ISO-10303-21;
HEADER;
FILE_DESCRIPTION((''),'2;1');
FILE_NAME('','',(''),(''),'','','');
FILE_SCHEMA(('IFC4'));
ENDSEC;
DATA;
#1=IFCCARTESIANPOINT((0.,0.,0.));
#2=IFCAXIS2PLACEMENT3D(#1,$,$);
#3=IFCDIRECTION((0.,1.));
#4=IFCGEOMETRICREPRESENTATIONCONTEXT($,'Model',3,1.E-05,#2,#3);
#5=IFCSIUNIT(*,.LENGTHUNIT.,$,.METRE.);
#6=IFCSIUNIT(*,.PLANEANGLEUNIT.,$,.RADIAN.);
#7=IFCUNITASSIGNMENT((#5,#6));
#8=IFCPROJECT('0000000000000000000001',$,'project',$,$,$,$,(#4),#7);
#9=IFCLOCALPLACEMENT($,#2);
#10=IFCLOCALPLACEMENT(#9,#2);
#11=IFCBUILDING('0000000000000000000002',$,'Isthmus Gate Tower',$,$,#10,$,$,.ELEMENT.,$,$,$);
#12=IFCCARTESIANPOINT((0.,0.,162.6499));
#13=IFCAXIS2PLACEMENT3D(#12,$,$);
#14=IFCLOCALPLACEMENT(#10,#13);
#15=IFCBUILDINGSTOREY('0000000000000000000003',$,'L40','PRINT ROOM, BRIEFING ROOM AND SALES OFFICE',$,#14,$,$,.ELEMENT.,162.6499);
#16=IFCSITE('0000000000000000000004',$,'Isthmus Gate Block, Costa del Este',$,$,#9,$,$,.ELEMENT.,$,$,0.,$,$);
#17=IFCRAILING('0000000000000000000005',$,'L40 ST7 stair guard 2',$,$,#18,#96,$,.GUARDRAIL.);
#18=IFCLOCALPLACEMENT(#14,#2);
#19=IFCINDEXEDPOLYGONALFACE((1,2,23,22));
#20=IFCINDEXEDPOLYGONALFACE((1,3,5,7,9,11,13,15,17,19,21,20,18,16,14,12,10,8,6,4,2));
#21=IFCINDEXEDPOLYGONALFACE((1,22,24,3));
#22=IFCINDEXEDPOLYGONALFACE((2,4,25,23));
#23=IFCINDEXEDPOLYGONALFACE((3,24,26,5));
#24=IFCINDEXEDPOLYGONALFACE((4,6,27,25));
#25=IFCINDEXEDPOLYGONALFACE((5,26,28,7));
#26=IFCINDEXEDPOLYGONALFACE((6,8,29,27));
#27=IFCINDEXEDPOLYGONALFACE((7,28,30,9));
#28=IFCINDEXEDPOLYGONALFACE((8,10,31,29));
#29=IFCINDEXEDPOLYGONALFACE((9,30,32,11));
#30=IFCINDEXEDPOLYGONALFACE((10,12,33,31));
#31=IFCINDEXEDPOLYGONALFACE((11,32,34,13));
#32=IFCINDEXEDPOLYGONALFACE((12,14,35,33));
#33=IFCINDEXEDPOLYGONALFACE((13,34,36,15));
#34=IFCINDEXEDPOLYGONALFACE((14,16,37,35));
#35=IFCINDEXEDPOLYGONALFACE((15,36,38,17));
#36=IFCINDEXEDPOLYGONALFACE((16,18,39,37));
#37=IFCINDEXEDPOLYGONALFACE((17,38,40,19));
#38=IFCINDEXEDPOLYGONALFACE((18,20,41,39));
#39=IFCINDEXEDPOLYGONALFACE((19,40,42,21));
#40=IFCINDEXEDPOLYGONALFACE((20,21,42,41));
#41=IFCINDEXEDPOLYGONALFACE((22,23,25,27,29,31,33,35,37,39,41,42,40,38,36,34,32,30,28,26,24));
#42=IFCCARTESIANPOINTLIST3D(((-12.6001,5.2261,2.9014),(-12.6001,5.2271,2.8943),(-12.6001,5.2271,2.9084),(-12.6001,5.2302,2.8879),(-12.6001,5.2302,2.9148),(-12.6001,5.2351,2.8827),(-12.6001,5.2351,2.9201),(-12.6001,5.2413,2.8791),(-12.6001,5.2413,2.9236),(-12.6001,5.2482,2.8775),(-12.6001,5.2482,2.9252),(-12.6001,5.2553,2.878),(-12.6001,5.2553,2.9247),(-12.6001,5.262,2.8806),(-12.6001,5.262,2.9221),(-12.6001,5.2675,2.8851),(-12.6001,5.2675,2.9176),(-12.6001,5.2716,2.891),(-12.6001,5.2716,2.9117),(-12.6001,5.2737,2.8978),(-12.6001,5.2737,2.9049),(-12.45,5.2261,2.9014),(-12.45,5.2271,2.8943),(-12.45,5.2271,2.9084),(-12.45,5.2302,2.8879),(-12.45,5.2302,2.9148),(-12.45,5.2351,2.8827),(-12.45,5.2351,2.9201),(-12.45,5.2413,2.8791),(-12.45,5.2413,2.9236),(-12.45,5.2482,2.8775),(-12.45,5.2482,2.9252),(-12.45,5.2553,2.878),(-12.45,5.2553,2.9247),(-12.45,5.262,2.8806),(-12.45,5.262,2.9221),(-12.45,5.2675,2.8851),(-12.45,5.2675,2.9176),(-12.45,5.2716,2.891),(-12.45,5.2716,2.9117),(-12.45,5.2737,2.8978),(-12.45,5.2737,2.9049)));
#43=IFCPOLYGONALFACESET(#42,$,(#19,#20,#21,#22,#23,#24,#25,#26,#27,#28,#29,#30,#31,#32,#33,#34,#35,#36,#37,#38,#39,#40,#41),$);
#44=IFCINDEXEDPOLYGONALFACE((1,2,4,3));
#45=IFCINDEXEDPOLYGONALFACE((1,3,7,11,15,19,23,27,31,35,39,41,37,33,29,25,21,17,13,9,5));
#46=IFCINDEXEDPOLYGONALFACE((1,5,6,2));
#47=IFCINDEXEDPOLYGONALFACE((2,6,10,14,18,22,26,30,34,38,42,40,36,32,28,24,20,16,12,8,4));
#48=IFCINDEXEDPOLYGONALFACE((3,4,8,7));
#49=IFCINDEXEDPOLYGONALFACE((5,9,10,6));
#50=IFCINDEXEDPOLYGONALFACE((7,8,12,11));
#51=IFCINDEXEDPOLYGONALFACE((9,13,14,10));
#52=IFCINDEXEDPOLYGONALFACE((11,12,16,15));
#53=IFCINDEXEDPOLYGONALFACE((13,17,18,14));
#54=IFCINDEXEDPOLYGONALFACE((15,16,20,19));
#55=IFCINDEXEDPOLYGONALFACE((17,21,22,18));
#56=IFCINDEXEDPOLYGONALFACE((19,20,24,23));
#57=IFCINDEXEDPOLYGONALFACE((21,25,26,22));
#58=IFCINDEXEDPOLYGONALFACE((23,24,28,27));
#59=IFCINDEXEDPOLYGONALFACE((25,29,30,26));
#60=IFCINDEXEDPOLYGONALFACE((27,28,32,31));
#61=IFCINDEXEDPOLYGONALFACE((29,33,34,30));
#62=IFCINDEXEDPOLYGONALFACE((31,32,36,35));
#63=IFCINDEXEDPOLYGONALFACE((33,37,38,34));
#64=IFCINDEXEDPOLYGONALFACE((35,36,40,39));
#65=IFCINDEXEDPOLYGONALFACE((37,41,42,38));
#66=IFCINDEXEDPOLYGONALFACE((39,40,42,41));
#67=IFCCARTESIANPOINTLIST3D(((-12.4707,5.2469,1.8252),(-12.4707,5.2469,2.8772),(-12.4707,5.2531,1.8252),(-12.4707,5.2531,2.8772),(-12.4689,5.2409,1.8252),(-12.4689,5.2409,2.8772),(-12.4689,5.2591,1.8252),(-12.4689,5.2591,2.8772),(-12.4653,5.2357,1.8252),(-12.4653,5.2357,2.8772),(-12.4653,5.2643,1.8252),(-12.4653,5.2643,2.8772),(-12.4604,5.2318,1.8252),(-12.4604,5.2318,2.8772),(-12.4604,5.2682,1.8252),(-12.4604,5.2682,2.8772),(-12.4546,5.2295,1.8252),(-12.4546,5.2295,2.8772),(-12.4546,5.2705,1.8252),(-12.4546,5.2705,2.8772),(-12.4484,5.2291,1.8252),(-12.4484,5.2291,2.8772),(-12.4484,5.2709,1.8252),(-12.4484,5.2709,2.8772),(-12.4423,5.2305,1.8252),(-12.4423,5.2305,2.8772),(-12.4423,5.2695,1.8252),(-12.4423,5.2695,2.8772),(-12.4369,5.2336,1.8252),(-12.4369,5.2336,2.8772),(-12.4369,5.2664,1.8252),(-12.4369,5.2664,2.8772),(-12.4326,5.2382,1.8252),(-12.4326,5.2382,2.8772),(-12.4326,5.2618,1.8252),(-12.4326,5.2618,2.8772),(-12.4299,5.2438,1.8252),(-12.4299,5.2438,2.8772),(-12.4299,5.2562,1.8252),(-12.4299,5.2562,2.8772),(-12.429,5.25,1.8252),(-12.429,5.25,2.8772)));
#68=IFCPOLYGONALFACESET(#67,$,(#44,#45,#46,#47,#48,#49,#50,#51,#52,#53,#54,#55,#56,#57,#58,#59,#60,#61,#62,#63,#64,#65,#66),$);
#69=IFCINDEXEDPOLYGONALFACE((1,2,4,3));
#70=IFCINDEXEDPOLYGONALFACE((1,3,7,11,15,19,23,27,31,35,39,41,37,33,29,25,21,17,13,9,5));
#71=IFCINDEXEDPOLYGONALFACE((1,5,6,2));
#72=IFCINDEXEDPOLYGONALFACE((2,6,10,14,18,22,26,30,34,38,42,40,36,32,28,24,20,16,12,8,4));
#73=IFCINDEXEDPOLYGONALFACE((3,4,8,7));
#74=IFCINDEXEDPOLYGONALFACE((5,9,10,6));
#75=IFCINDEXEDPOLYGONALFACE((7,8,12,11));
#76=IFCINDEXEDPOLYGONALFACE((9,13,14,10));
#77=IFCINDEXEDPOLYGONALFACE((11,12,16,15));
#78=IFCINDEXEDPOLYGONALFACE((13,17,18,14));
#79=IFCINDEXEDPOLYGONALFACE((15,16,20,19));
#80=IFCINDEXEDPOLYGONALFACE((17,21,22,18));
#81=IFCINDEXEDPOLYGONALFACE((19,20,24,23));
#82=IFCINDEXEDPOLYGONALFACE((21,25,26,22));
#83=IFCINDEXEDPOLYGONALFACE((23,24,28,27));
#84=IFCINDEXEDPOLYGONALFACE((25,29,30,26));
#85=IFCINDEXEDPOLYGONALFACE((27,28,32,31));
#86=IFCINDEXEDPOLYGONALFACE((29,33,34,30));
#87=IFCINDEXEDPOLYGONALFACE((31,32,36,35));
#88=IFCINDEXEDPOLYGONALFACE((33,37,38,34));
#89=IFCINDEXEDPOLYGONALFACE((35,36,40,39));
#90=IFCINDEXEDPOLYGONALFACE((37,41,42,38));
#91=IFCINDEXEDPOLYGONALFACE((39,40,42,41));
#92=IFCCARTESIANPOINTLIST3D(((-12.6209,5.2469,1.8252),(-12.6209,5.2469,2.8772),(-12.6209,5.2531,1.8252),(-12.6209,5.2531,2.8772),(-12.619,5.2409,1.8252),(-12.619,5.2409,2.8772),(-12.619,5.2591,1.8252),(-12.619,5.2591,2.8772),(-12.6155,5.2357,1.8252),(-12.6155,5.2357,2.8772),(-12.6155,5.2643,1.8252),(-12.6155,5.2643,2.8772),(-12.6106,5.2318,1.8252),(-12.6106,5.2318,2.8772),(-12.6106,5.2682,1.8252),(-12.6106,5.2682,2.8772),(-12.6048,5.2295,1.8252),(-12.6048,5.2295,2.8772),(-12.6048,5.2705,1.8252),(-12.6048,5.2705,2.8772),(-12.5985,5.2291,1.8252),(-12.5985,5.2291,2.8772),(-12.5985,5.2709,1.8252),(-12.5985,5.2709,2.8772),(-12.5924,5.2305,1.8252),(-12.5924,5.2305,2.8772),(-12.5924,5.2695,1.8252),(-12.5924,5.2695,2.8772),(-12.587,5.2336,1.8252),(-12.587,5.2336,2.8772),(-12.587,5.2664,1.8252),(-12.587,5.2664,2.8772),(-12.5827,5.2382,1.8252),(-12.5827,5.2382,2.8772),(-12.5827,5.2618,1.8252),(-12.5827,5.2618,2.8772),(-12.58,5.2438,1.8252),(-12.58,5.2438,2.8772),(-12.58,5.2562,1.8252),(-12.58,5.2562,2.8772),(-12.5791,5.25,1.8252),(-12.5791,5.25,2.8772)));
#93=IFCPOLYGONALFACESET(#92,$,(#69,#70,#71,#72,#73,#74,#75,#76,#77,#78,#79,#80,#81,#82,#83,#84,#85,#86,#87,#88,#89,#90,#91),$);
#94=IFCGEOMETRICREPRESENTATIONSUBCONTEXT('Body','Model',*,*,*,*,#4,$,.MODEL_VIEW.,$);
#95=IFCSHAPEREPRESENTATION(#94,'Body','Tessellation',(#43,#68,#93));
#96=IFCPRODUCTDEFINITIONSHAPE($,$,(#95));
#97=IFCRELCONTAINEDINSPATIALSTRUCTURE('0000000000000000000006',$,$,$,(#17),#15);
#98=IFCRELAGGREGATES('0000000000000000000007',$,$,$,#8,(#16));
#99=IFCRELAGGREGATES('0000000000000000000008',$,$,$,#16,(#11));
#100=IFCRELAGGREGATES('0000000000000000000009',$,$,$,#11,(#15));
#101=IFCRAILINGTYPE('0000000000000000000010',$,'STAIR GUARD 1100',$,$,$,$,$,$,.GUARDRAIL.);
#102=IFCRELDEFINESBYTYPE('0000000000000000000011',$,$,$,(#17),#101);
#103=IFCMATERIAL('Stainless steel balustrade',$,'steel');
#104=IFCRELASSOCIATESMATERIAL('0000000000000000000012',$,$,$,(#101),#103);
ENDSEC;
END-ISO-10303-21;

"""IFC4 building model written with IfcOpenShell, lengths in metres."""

from ifc_helpers import new_model, si_unit, direction, frame, origin, origin_2d, place, context, subcontext, project, spatial, circle, extrude, material, type_object, element, save


model = new_model("IFC4")

# Units and contexts
model_context = context("Model", 3, precision=1e-05, world=origin(), true_north=direction((0.0, 1.0)))
body_context = subcontext(model_context, "Body", "Model", "MODEL_VIEW")
ifc_project = project(units=[si_unit("LENGTHUNIT", "METRE"), si_unit("PLANEANGLEUNIT", "RADIAN")], contexts=[model_context])

# Site, building, storey
site_placement = place(None, origin())
site = spatial("IfcSite", under=ifc_project, at=site_placement, Name="Isthmus Gate Block, Costa del Este", CompositionType="ELEMENT", RefElevation=0.0)
building_placement = place(site_placement, origin())
building = spatial("IfcBuilding", under=site, at=building_placement, Name="Isthmus Gate Tower", CompositionType="ELEMENT")
storey_placement = place(building_placement, frame((0.0, 0.0, 162.6499)))
storey = spatial("IfcBuildingStorey", under=building, at=storey_placement, Name="L40", Description="PRINT ROOM, BRIEFING ROOM AND SALES OFFICE", CompositionType="ELEMENT", Elevation=162.6499)

# Railing
ifc_material_1 = material(Name="Stainless steel balustrade", Category="steel")
railing_type_1 = type_object("IfcRailingType", Name="STAIR GUARD 1100", PredefinedType="GUARDRAIL", material=ifc_material_1)
railing_1_placement = place(storey_placement, frame((-12.45, 5.25, 1.8252)))
element("IfcRailing", 1, at=railing_1_placement, inside=storey, type_object=railing_type_1, Name="L40 ST7 stair guard 2", PredefinedType="GUARDRAIL", context=body_context, shape_type="SweptSolid", body=[
    extrude(circle(Radius=0.0239, at=origin_2d()), frame((0.0, 0.0, 1.0762), z_axis=(-1.0, 0.0, 0.0), x_axis=(0.0, -1.0, 0.0)), (0.0, 0.0, 1.0), 0.1501),
    extrude(circle(Radius=0.021, at=origin_2d()), origin(), (0.0, 0.0, 1.0), 1.052),
    extrude(circle(Radius=0.021, at=origin_2d()), frame((-0.1501, 0.0, 0.0)), (0.0, 0.0, 1.0), 1.052),
])

save(model, "model.ifc")
